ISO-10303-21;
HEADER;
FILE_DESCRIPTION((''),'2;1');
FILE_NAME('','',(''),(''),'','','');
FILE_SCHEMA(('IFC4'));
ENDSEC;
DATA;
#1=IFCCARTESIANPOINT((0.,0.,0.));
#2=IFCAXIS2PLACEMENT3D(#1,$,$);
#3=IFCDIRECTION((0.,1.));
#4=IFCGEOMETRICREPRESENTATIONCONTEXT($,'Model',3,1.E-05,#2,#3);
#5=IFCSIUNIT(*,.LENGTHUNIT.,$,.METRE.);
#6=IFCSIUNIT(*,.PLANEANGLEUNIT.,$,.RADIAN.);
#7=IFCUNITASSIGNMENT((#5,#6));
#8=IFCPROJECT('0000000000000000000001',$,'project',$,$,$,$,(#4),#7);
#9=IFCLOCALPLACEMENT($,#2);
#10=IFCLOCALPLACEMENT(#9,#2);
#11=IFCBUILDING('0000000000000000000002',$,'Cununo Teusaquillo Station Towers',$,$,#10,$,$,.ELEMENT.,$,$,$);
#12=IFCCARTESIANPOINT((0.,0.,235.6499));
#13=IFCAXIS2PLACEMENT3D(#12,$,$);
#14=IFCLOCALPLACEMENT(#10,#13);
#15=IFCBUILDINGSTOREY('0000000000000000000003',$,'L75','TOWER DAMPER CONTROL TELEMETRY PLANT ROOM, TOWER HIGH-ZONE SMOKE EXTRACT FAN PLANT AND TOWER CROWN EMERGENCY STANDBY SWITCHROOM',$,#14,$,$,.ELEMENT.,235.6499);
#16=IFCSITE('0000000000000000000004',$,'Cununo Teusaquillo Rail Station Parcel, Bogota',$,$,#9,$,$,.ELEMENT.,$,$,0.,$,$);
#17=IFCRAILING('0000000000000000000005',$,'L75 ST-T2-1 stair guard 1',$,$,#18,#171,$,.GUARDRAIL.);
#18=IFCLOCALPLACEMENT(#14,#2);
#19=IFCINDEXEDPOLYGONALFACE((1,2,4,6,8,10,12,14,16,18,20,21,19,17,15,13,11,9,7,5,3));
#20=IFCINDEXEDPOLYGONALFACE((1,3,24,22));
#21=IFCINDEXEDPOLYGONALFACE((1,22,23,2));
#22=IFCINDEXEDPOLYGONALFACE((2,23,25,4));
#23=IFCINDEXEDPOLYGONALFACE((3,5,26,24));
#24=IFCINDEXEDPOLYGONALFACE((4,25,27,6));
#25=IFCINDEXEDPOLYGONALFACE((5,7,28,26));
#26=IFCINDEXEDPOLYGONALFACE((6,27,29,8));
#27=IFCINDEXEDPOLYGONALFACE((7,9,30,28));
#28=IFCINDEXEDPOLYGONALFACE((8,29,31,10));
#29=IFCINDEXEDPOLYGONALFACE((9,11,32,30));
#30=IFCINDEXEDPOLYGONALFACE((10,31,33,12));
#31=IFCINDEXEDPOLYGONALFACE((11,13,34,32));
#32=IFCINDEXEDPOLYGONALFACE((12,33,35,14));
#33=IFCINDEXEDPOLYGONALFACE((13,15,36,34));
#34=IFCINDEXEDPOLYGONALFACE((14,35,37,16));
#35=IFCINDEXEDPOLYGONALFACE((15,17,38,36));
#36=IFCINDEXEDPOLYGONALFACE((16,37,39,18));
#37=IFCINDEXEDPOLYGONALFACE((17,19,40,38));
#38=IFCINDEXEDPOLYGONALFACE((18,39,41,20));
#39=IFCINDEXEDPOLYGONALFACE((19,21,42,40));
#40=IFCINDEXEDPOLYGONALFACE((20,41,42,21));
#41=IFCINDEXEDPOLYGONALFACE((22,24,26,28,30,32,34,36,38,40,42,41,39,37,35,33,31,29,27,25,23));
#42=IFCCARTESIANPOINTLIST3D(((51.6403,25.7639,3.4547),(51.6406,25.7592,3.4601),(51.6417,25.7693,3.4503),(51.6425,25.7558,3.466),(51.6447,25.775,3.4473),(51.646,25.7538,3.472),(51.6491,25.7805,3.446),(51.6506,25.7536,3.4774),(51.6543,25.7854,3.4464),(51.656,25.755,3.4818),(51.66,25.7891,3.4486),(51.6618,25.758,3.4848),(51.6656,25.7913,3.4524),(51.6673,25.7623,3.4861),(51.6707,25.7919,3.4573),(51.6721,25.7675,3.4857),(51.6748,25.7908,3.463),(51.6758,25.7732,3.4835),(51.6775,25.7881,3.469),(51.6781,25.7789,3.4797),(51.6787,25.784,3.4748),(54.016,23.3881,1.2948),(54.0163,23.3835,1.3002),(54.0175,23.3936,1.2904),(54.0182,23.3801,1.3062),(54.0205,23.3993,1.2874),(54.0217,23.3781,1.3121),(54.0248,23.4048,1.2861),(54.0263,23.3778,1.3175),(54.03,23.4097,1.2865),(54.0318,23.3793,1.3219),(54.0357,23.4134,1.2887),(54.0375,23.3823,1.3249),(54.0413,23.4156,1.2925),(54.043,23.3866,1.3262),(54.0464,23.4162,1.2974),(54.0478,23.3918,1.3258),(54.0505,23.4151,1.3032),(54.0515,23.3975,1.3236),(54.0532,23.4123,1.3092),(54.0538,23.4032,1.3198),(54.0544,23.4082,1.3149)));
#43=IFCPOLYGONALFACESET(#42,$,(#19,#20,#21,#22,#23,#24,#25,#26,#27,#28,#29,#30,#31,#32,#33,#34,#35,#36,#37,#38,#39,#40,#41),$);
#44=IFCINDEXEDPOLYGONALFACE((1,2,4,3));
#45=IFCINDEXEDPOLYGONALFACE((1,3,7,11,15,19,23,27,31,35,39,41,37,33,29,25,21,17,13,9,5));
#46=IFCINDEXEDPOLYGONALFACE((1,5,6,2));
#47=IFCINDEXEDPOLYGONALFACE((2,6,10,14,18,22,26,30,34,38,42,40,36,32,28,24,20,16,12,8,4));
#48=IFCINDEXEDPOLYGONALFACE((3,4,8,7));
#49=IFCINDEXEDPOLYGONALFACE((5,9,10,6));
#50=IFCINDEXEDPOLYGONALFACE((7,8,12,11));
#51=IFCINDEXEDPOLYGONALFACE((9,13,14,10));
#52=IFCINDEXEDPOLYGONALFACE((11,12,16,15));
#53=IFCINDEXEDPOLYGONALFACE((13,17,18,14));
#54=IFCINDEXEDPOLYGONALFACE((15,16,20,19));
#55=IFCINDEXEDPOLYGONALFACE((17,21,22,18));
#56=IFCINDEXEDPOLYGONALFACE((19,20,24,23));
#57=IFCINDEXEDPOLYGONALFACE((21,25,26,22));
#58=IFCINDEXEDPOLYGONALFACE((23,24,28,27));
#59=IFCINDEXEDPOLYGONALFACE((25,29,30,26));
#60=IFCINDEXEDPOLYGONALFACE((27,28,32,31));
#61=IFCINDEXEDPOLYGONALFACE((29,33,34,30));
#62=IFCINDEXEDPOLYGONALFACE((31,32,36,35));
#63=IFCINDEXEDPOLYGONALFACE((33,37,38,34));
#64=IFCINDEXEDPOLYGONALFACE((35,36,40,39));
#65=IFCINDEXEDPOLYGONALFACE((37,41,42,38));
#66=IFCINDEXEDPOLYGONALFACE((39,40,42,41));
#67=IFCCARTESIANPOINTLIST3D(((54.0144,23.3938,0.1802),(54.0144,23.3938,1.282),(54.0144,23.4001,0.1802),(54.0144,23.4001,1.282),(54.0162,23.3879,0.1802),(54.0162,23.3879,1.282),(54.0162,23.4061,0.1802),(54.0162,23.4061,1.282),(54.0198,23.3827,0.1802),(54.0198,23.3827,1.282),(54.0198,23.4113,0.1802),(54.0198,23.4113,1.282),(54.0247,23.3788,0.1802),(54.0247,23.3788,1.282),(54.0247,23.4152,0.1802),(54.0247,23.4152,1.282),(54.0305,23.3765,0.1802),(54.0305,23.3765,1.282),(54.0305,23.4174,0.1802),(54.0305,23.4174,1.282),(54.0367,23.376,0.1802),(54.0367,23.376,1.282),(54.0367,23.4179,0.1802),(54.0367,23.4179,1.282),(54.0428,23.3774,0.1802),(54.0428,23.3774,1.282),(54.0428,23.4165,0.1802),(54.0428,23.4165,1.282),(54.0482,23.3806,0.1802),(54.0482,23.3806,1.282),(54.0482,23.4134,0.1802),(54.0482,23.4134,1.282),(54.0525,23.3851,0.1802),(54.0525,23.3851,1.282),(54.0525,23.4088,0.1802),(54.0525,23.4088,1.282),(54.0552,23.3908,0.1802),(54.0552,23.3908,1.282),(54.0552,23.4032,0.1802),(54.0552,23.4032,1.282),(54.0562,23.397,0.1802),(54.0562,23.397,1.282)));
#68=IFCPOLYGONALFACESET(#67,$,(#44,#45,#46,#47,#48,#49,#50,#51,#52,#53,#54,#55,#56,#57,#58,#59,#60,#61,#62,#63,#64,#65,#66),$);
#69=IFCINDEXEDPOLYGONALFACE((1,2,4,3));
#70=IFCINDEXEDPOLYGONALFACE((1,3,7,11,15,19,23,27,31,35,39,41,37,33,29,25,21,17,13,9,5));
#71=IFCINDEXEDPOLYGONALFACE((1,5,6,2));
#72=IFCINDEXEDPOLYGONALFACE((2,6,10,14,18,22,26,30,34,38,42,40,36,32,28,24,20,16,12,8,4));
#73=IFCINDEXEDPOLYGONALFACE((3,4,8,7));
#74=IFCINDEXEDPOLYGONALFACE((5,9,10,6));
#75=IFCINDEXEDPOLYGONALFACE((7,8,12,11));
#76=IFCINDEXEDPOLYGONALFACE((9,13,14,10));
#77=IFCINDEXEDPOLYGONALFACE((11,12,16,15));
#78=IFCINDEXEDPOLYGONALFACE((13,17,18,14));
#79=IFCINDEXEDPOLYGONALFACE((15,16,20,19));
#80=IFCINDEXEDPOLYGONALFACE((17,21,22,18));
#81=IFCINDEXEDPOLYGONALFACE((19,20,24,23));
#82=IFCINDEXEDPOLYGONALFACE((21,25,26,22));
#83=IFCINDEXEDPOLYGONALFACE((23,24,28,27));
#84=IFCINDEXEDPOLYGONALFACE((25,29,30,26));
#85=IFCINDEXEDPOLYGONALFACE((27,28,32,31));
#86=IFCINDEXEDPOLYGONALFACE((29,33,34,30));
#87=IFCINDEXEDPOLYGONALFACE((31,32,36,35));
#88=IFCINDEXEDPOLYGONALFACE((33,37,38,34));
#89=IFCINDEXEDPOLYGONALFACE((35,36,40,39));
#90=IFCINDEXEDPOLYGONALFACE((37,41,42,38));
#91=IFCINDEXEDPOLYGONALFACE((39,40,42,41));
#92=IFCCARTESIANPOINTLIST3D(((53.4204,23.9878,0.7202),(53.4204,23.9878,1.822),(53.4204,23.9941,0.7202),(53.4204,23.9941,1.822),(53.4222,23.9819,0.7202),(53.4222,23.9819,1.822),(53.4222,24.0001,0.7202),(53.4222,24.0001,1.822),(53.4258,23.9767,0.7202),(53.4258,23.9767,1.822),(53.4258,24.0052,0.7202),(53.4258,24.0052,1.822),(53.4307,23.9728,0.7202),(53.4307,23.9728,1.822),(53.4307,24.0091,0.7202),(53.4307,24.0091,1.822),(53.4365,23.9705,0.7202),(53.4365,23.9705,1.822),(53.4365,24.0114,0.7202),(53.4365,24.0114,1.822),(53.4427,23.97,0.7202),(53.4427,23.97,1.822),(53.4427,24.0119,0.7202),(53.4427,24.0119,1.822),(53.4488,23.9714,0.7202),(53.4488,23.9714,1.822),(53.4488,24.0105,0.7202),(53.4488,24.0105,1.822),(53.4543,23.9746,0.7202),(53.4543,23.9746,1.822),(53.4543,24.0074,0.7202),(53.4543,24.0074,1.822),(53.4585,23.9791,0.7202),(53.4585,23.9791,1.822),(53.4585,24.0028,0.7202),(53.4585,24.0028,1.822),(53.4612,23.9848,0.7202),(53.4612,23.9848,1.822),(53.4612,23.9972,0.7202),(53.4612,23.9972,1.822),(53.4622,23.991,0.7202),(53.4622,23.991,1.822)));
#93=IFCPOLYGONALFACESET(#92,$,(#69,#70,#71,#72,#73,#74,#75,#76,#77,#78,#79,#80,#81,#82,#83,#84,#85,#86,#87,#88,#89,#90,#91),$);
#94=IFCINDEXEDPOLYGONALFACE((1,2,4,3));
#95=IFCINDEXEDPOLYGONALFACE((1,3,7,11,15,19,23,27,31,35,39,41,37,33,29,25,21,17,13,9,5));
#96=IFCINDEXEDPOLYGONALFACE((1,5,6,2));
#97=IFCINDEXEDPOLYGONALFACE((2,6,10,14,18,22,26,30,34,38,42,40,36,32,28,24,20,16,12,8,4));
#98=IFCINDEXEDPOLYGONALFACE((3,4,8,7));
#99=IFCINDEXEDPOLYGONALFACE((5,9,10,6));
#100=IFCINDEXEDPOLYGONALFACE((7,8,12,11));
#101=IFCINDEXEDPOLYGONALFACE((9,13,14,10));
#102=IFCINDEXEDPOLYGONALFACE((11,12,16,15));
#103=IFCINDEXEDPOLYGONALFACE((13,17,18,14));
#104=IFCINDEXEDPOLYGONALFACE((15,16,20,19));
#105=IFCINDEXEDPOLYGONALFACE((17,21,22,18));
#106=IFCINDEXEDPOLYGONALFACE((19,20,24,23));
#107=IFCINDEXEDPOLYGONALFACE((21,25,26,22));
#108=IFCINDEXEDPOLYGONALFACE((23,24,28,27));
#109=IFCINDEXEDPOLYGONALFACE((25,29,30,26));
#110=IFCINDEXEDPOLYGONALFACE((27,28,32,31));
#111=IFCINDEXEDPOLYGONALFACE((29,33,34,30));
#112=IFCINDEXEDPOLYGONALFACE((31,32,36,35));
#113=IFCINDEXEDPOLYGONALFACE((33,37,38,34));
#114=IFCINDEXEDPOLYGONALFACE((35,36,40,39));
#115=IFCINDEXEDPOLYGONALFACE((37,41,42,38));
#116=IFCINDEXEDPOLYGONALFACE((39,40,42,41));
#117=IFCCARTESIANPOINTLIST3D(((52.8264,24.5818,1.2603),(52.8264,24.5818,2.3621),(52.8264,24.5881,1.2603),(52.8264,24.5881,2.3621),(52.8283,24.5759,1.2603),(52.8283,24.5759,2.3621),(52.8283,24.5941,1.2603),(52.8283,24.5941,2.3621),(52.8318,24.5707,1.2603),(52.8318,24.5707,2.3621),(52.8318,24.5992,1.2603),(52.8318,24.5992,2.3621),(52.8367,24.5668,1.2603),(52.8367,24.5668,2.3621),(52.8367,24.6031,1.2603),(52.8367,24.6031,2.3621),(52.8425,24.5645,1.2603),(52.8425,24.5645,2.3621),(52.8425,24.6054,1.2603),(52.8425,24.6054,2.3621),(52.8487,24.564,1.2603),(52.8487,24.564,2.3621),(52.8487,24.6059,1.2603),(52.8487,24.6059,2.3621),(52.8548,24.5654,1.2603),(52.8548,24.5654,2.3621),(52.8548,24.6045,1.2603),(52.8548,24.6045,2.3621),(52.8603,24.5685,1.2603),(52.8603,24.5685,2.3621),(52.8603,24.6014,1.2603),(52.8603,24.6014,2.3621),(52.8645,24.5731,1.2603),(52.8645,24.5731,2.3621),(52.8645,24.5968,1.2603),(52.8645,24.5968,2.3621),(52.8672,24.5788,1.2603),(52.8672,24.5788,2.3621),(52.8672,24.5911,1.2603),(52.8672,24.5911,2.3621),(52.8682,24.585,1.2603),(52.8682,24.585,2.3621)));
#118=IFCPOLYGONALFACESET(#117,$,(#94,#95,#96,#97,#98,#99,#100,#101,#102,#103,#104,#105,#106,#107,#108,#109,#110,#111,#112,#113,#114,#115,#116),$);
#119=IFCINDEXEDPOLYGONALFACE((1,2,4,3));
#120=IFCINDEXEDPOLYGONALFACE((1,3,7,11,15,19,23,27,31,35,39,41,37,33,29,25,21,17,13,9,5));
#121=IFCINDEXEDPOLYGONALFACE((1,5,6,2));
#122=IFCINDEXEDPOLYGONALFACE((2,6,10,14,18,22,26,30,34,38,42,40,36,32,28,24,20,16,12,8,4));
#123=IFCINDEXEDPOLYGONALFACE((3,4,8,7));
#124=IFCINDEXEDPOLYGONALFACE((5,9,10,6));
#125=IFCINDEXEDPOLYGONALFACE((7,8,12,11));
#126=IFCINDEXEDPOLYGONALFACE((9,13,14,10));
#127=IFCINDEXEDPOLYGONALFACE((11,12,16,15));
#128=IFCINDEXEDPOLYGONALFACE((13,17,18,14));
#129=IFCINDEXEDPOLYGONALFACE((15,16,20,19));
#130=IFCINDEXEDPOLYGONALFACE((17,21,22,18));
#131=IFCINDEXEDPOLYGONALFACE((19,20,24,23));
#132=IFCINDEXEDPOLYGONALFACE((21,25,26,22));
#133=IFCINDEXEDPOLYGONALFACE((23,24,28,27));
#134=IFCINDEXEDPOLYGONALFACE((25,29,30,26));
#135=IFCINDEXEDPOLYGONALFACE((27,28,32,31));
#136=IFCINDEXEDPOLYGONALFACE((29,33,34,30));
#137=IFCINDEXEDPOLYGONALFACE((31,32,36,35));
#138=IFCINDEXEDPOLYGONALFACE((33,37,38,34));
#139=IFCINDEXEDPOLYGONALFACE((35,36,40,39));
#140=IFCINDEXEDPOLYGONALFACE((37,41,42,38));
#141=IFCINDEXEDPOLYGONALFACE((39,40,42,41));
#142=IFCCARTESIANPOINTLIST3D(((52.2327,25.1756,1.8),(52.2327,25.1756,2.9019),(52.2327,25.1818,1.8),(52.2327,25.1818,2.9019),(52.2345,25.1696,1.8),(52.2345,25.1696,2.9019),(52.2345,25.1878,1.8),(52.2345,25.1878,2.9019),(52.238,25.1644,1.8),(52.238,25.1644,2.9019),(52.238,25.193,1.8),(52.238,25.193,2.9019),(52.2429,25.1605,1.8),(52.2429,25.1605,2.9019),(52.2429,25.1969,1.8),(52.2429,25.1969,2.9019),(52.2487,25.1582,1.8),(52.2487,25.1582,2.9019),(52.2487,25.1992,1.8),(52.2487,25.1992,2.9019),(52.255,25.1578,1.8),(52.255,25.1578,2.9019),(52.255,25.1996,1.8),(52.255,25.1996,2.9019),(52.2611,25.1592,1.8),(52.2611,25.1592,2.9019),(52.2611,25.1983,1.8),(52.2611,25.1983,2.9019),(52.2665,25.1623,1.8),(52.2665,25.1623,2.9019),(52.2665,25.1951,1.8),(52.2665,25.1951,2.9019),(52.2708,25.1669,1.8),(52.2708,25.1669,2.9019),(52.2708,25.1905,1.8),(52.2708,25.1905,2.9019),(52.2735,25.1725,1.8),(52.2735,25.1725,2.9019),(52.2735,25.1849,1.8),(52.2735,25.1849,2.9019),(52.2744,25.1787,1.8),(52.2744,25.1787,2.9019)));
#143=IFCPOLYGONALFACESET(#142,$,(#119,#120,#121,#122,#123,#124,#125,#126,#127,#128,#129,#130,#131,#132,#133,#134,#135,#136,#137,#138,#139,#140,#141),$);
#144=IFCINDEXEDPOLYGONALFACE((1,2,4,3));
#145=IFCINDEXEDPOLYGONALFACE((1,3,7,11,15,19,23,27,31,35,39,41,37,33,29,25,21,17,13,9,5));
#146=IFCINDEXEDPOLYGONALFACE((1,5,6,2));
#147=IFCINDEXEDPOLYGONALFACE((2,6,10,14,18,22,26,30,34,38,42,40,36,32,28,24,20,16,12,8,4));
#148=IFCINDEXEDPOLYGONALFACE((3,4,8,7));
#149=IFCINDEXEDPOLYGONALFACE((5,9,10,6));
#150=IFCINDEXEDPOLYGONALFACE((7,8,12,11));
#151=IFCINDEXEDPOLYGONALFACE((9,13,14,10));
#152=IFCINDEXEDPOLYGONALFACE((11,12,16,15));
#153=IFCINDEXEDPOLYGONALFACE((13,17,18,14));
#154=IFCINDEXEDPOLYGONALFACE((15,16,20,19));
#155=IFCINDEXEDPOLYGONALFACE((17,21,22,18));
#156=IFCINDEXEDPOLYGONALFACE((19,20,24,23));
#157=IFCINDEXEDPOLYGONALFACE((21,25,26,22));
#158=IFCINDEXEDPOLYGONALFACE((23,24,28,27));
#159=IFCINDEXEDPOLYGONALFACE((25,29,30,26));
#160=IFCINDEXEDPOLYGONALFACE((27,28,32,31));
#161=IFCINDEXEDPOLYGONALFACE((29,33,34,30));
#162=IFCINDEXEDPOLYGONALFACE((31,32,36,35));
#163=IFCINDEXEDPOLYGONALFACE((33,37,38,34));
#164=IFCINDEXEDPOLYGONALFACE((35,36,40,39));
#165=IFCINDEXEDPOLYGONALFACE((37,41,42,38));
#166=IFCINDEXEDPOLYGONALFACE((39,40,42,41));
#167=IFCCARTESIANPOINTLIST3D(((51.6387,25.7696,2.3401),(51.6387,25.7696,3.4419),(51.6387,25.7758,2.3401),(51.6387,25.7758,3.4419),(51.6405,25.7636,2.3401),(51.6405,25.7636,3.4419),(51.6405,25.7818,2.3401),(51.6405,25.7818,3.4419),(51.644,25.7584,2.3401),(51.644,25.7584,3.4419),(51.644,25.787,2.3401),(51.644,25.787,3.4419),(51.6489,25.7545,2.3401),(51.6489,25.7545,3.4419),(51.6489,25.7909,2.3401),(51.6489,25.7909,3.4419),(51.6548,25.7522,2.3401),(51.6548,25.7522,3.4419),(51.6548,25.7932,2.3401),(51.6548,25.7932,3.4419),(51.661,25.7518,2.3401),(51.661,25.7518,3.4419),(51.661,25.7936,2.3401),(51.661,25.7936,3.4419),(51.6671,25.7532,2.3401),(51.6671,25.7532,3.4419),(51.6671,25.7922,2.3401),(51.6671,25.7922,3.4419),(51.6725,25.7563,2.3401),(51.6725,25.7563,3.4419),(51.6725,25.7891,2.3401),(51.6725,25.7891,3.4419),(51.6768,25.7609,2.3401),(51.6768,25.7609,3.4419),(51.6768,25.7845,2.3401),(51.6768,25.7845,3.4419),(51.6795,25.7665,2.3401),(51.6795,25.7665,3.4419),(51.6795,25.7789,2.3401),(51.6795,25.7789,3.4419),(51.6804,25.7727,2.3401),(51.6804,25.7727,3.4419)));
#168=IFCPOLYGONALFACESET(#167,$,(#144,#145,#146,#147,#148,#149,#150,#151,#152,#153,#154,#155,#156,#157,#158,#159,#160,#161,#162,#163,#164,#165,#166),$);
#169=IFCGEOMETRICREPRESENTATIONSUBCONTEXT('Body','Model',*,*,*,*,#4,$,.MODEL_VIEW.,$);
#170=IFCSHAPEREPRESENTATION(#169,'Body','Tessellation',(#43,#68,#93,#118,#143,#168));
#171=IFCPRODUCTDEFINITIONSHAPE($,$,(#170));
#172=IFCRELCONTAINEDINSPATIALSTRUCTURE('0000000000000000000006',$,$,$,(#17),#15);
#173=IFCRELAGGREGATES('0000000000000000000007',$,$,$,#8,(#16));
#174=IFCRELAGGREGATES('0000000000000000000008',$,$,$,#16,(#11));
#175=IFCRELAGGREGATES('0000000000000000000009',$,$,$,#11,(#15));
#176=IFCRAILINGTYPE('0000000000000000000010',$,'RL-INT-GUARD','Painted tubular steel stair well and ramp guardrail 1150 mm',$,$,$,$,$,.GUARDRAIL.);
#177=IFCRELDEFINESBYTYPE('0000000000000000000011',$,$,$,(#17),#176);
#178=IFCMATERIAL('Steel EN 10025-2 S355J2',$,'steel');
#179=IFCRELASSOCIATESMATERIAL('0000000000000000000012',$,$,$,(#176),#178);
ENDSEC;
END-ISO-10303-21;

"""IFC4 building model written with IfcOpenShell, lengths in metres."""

from ifc_helpers import new_model, si_unit, direction, frame, origin, origin_2d, place, context, subcontext, project, spatial, circle, extrude, material, type_object, element, save


model = new_model("IFC4")

# Units and contexts
model_context = context("Model", 3, precision=1e-05, world=origin(), true_north=direction((0.0, 1.0)))
body_context = subcontext(model_context, "Body", "Model", "MODEL_VIEW")
ifc_project = project(units=[si_unit("LENGTHUNIT", "METRE"), si_unit("PLANEANGLEUNIT", "RADIAN")], contexts=[model_context])

# Site, building, storey
site_placement = place(None, origin())
site = spatial("IfcSite", under=ifc_project, at=site_placement, Name="Cununo Teusaquillo Rail Station Parcel, Bogota", CompositionType="ELEMENT", RefElevation=0.0)
building_placement = place(site_placement, origin())
building = spatial("IfcBuilding", under=site, at=building_placement, Name="Cununo Teusaquillo Station Towers", CompositionType="ELEMENT")
storey_placement = place(building_placement, frame((0.0, 0.0, 235.6499)))
storey = spatial("IfcBuildingStorey", under=building, at=storey_placement, Name="L75", Description="TOWER DAMPER CONTROL TELEMETRY PLANT ROOM, TOWER HIGH-ZONE SMOKE EXTRACT FAN PLANT AND TOWER CROWN EMERGENCY STANDBY SWITCHROOM", CompositionType="ELEMENT", Elevation=235.6499)

# Railing
ifc_material_1 = material(Name="Steel EN 10025-2 S355J2", Category="steel")
railing_type_1 = type_object("IfcRailingType", Name="RL-INT-GUARD", Description="Painted tubular steel stair well and ramp guardrail 1150 mm", PredefinedType="GUARDRAIL", material=ifc_material_1)
railing_1_placement = place(storey_placement, frame((54.0352, 23.397, 0.1802)))
element("IfcRailing", 1, at=railing_1_placement, inside=storey, type_object=railing_type_1, Name="L75 ST-T2-1 stair guard 1", PredefinedType="GUARDRAIL", context=body_context, shape_type="SweptSolid", body=[
    extrude(circle(Radius=0.0239, at=origin_2d()), frame((0.0, 0.0, 1.126), z_axis=(-0.594799, 0.594799, 0.540766), x_axis=(-0.707107, -0.707107, 0.0)), (0.0, 0.0, 1.0), 3.9941),
    extrude(circle(Radius=0.021, at=origin_2d()), origin(), (0.0, 0.0, 1.0), 1.1018),
    extrude(circle(Radius=0.021, at=origin_2d()), frame((-0.594, 0.594, 0.54)), (0.0, 0.0, 1.0), 1.1018),
    extrude(circle(Radius=0.021, at=origin_2d()), frame((-1.188, 1.188, 1.0801)), (0.0, 0.0, 1.0), 1.1018),
    extrude(circle(Radius=0.021, at=origin_2d()), frame((-1.7817, 1.7817, 1.6199)), (0.0, 0.0, 1.0), 1.1018),
    extrude(circle(Radius=0.021, at=origin_2d()), frame((-2.3757, 2.3757, 2.1599)), (0.0, 0.0, 1.0), 1.1018),
])

save(model, "model.ifc")
